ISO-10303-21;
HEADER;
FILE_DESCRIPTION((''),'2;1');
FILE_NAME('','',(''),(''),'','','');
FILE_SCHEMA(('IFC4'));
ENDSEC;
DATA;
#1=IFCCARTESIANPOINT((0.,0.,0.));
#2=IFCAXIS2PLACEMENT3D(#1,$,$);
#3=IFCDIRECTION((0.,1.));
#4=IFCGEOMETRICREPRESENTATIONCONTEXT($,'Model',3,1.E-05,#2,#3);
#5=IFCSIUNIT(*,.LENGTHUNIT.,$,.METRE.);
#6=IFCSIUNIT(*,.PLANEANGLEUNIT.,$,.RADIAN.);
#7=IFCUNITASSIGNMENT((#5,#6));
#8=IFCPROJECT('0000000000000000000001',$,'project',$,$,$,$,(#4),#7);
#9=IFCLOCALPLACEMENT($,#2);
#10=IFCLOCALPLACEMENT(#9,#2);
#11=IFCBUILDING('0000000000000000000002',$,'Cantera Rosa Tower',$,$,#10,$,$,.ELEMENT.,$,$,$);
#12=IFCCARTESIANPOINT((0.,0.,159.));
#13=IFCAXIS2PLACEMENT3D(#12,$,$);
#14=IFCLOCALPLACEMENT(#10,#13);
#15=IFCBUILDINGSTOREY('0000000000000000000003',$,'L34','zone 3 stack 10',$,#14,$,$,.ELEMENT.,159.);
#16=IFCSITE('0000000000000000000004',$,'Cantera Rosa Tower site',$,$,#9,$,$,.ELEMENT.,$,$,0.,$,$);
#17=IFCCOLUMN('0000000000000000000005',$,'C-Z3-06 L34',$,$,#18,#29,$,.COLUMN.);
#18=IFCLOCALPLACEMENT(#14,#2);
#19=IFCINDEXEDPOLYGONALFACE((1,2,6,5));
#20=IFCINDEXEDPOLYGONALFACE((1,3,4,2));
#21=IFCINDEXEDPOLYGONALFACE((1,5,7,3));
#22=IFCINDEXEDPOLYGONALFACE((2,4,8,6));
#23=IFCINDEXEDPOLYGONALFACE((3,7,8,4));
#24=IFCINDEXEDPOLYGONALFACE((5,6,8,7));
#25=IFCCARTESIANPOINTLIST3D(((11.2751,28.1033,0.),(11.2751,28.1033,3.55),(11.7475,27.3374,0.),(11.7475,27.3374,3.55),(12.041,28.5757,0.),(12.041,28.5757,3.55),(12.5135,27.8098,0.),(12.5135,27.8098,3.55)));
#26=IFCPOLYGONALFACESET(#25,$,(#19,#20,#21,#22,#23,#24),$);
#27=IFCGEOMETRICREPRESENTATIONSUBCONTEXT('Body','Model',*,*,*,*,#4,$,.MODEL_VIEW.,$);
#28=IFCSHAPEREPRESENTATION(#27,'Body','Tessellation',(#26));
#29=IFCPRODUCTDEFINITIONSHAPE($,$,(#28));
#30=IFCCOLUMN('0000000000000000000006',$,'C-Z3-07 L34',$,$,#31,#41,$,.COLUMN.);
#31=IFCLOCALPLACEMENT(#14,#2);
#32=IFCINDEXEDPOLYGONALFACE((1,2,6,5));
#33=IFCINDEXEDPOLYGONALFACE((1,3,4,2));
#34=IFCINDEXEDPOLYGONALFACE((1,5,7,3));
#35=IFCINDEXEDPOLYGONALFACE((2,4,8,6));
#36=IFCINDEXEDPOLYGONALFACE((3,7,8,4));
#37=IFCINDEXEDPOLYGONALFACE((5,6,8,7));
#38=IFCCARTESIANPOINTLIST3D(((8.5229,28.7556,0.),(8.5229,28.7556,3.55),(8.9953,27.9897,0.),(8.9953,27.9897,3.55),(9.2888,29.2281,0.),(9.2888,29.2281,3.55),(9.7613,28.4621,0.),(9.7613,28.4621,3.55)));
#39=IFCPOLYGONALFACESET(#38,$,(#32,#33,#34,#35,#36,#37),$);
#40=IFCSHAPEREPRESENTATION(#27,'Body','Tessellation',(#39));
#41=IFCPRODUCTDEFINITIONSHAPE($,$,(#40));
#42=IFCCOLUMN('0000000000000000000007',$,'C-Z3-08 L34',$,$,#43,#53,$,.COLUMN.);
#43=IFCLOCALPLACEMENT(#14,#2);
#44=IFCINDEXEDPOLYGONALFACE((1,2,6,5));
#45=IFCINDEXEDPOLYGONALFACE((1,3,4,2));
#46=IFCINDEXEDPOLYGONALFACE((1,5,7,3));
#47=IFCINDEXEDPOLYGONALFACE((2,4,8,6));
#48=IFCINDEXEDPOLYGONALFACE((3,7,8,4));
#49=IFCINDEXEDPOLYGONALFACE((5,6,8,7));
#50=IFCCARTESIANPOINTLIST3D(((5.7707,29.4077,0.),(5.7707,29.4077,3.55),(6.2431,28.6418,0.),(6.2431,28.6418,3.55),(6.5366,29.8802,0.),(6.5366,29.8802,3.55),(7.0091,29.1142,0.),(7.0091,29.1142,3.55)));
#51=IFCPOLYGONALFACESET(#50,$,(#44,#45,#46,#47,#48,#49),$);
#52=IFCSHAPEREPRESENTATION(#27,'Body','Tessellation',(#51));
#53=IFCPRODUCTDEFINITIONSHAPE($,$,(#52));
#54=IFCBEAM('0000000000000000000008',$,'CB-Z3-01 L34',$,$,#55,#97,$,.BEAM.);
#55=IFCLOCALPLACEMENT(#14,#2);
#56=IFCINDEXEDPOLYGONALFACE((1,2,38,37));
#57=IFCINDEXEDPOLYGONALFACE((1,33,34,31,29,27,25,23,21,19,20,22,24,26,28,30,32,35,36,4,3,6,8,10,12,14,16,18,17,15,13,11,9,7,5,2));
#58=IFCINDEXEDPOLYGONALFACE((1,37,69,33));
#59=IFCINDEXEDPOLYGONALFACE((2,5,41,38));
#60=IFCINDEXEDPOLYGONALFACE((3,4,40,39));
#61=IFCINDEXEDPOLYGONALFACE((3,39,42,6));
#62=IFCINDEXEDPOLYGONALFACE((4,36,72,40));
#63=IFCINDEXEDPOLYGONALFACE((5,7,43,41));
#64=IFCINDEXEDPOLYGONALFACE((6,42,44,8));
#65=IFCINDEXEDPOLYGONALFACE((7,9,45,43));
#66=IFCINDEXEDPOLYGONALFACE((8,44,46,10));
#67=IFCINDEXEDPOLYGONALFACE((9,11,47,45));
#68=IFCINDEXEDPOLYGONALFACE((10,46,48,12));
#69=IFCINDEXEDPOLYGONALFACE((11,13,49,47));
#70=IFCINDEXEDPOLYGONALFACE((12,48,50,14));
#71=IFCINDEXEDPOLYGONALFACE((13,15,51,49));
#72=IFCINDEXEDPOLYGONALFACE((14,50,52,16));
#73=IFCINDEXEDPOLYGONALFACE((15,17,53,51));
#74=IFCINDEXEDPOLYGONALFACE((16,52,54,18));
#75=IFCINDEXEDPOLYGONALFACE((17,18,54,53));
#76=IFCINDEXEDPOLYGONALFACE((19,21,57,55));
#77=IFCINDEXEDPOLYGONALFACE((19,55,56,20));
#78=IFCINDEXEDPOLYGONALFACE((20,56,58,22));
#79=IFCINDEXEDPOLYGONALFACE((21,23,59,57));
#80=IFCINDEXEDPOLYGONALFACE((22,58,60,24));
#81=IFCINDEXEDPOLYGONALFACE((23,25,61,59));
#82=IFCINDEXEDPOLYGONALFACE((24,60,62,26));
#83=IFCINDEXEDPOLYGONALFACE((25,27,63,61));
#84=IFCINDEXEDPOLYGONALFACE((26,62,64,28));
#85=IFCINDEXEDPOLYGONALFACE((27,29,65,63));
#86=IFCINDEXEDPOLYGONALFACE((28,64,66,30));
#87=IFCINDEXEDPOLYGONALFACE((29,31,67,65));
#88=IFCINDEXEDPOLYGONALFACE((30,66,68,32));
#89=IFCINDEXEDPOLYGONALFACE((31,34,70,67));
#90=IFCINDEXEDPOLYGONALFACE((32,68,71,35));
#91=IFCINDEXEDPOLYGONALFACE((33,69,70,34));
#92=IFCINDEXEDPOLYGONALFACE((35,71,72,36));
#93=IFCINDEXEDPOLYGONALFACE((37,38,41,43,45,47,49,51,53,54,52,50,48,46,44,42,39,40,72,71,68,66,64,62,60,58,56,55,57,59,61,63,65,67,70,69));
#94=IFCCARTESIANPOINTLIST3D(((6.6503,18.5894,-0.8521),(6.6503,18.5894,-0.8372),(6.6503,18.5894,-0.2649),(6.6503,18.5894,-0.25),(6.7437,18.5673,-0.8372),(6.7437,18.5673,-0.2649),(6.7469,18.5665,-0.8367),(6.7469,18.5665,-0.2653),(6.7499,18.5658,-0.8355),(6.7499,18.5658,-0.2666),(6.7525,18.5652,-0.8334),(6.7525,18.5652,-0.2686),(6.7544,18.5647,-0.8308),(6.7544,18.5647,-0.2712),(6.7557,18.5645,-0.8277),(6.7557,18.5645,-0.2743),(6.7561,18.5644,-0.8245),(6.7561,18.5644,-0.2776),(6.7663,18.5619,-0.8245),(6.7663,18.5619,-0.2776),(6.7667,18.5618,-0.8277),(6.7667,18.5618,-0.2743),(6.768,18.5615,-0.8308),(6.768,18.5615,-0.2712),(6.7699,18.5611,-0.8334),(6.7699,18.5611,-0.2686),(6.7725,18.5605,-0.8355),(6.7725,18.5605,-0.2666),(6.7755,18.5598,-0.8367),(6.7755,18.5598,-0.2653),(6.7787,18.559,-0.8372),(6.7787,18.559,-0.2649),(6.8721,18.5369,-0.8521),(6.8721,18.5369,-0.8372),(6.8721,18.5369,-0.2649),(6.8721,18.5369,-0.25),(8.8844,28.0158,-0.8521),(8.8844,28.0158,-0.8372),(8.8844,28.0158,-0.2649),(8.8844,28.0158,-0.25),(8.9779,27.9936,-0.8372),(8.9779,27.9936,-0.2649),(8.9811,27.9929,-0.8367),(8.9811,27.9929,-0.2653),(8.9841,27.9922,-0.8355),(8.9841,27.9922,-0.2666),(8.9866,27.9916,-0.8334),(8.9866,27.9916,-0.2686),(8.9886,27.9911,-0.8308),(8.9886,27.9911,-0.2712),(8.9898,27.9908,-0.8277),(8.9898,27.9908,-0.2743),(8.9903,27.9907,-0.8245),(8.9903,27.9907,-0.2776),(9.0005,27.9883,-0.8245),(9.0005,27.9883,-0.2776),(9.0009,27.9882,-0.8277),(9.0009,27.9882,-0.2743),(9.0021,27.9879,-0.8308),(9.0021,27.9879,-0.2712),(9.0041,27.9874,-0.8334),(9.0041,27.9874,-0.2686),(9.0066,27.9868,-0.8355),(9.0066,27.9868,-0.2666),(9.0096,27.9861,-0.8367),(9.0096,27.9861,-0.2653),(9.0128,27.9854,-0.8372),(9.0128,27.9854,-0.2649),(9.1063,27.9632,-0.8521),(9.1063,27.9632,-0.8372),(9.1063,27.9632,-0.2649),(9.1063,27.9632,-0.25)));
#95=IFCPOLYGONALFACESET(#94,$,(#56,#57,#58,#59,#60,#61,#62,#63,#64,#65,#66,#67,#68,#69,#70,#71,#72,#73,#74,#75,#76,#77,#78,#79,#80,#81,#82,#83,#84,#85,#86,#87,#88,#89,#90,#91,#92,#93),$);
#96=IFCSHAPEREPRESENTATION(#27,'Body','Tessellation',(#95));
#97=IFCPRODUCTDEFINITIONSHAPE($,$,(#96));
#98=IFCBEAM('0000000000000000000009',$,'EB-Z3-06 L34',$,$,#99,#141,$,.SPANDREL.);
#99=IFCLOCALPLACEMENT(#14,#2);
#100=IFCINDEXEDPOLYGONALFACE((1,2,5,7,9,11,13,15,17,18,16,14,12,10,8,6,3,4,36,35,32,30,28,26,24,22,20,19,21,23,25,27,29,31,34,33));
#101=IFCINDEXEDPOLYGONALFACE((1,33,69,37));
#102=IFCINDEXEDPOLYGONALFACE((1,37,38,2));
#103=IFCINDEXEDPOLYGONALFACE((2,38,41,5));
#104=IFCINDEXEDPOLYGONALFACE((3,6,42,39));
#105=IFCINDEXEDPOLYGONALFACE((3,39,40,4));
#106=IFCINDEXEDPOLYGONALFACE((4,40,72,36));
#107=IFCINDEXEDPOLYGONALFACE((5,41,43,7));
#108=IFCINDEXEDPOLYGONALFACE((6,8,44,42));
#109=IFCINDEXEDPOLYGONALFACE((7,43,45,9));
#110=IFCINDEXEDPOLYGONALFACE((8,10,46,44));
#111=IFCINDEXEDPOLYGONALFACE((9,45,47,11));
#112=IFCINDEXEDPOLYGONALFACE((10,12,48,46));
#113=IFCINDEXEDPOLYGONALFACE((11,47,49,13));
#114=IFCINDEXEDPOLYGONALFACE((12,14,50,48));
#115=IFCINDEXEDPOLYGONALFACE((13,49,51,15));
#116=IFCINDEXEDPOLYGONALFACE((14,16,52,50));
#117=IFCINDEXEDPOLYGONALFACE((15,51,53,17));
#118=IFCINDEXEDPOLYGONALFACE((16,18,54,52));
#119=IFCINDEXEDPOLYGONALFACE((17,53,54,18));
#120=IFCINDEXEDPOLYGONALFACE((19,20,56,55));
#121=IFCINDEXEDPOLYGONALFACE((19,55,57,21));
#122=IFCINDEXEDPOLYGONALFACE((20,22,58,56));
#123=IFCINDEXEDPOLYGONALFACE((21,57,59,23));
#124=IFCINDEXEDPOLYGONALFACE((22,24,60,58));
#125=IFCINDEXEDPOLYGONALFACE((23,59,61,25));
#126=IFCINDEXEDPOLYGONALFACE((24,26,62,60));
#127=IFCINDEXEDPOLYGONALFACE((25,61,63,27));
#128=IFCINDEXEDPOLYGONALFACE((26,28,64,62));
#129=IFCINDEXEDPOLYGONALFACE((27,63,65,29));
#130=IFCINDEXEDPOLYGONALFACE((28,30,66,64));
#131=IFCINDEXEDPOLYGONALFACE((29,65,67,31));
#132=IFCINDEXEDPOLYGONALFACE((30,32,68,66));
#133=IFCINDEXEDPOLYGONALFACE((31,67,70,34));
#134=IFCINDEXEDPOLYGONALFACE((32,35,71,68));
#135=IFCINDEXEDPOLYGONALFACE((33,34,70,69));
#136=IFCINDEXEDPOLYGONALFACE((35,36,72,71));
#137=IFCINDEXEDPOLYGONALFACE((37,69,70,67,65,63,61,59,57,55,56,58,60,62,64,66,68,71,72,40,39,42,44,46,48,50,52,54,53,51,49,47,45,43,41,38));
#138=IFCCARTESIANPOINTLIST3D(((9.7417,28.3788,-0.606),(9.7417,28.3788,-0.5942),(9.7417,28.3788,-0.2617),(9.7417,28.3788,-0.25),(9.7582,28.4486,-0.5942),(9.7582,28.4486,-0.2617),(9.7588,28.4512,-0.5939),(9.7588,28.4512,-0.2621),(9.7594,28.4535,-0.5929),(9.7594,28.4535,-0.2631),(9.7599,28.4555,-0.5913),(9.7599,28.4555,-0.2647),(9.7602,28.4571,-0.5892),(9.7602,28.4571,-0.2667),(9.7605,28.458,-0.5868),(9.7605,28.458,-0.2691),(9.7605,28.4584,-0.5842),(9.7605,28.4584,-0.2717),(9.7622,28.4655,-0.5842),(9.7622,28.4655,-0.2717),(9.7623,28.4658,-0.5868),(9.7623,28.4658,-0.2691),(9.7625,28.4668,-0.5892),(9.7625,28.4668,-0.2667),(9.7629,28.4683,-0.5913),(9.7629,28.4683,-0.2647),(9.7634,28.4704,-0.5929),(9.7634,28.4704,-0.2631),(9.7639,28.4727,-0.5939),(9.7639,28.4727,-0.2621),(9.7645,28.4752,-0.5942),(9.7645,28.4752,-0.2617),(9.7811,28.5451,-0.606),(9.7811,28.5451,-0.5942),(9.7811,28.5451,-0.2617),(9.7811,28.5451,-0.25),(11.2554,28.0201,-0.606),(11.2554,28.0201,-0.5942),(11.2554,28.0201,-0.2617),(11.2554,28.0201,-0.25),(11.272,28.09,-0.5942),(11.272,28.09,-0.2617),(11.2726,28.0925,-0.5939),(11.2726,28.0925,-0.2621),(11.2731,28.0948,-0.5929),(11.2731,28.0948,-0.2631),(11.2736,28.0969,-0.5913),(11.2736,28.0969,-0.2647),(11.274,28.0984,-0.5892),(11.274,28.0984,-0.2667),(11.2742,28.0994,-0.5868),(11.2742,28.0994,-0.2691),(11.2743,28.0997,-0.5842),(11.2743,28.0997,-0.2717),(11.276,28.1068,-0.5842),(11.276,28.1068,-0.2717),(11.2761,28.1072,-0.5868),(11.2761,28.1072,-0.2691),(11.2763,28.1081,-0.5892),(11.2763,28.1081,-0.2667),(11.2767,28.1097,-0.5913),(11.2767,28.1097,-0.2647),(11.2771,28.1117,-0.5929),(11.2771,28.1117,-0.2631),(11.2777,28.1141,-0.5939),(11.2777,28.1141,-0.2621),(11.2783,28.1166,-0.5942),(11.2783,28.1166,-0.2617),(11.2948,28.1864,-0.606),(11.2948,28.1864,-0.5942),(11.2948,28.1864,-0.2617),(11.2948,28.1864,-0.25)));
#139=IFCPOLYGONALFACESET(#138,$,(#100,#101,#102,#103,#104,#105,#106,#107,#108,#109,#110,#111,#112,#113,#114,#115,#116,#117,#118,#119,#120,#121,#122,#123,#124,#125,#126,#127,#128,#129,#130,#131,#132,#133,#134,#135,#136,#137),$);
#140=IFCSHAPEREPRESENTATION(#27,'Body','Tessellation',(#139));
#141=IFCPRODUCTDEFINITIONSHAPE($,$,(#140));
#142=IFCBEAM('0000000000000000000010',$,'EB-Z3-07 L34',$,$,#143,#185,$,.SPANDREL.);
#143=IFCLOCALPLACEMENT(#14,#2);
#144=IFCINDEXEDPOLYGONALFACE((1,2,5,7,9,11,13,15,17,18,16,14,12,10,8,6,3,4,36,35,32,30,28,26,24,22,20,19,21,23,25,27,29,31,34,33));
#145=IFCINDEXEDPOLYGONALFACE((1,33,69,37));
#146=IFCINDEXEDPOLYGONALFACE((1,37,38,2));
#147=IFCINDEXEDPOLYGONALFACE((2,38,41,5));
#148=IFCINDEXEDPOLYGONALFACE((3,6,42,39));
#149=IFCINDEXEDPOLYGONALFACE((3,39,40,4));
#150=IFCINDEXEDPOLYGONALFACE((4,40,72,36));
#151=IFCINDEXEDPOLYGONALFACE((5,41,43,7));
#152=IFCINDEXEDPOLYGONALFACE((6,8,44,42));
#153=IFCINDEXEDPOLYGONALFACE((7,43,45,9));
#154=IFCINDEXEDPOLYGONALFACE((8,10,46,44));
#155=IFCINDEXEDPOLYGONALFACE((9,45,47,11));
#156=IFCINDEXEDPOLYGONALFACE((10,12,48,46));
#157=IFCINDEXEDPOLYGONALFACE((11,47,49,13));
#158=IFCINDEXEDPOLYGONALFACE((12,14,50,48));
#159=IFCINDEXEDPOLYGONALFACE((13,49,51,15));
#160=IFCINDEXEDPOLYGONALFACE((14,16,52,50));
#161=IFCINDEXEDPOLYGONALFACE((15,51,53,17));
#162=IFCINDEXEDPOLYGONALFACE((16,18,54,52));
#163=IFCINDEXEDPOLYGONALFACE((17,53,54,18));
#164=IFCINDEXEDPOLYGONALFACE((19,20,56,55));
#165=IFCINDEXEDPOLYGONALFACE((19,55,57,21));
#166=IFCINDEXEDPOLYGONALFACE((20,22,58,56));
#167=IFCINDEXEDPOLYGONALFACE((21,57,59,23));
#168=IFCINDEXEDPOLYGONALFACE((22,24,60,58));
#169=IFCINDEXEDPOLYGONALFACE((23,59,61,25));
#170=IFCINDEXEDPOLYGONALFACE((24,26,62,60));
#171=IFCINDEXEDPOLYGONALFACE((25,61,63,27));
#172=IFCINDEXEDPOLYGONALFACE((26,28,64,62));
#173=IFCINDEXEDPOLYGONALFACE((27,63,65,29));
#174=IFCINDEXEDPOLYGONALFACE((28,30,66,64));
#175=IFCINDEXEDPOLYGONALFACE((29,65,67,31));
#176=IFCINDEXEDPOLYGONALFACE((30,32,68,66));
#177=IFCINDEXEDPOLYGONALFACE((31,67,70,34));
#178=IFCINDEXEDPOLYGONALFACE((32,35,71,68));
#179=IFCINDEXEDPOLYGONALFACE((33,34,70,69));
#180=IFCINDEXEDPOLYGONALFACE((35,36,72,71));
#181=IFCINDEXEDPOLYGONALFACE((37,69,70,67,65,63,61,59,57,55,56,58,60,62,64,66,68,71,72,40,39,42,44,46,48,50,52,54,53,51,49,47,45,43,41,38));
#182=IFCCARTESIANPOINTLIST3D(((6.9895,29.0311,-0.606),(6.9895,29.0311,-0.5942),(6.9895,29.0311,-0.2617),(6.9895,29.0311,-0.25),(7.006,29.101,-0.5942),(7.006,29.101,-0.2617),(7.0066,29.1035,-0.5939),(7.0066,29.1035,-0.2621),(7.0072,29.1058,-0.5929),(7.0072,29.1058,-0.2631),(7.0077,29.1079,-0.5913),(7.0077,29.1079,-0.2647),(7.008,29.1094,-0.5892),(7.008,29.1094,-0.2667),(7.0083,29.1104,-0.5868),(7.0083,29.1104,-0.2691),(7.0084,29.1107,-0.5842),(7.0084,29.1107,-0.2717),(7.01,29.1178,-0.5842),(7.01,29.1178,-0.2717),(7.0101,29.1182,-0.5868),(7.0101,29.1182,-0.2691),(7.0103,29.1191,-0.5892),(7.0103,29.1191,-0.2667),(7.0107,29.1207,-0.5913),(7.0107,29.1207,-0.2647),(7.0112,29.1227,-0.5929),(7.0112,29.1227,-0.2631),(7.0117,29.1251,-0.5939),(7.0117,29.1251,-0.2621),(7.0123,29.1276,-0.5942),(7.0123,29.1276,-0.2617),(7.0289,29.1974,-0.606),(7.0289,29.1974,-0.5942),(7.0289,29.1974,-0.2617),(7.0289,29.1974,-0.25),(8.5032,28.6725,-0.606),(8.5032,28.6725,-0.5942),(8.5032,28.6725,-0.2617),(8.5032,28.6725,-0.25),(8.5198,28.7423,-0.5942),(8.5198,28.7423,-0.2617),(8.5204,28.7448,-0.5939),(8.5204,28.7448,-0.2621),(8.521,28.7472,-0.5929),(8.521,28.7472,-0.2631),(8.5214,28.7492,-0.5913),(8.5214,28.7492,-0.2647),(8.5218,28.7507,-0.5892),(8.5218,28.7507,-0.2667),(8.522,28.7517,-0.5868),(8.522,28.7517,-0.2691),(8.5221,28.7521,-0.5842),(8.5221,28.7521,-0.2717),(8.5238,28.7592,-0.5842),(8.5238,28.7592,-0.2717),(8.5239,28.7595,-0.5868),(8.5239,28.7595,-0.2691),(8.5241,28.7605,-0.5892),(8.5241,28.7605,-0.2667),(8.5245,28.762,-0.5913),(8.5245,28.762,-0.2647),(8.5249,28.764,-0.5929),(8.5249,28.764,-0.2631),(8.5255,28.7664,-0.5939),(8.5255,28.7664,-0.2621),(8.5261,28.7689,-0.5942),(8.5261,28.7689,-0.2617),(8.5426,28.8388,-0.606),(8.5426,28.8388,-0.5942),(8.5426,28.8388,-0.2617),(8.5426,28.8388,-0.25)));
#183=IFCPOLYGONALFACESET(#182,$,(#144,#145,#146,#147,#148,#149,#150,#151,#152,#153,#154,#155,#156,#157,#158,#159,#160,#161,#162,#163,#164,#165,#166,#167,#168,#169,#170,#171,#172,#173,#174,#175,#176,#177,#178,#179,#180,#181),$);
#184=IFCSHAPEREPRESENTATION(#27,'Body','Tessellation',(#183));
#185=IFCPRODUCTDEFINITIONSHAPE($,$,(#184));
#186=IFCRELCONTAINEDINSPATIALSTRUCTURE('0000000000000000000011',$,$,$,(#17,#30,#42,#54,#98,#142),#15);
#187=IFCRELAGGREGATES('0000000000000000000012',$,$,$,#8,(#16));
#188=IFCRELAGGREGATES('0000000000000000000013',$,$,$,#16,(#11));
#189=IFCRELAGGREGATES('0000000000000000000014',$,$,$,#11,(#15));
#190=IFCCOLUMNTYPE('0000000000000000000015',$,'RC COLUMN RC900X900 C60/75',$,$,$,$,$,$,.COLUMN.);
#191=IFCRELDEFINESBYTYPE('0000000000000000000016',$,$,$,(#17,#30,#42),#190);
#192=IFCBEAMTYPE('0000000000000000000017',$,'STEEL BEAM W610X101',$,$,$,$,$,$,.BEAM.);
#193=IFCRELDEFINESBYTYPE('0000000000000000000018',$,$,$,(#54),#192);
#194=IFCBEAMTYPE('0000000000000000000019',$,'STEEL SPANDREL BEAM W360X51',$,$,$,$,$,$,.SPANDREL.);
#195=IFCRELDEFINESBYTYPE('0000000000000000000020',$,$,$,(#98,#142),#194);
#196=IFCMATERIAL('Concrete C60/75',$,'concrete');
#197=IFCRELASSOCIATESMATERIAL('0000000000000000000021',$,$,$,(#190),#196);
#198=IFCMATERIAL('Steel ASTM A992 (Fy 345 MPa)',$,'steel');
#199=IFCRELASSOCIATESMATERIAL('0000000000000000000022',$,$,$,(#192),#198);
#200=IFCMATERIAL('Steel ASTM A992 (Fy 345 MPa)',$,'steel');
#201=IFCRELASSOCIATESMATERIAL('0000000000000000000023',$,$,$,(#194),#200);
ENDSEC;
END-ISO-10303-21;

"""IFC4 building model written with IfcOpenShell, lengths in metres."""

from ifc_helpers import new_model, si_unit, direction, frame, origin, origin_2d, place, context, subcontext, project, spatial, rectangle, i_section, extrude, material, material_profile, profile_set, type_object, element, save


model = new_model("IFC4")

# Units and contexts
model_context = context("Model", 3, precision=1e-05, world=origin(), true_north=direction((0.0, 1.0)))
body_context = subcontext(model_context, "Body", "Model", "MODEL_VIEW")
ifc_project = project(units=[si_unit("LENGTHUNIT", "METRE"), si_unit("PLANEANGLEUNIT", "RADIAN")], contexts=[model_context])

# Site, building, storey
site_placement = place(None, origin())
site = spatial("IfcSite", under=ifc_project, at=site_placement, Name="Cantera Rosa Tower site", CompositionType="ELEMENT", RefElevation=0.0)
building_placement = place(site_placement, origin())
building = spatial("IfcBuilding", under=site, at=building_placement, Name="Cantera Rosa Tower", CompositionType="ELEMENT")
storey_placement = place(building_placement, frame((0.0, 0.0, 159.0)))
storey = spatial("IfcBuildingStorey", under=building, at=storey_placement, Name="L34", Description="zone 3 stack 10", CompositionType="ELEMENT", Elevation=159.0)

# Columns
ifc_material_1 = material(Name="Concrete C60/75", Category="concrete")
ifc_material_profile_1 = material_profile(ifc_material_1, rectangle(XDim=0.8999, YDim=0.8999, at=origin_2d()), Name="RC COLUMN RC900X900 C60/75")
ifc_profile_set_1 = profile_set([ifc_material_profile_1], Name="Concrete C60/75")
column_type = type_object("IfcColumnType", Name="RC COLUMN RC900X900 C60/75", PredefinedType="COLUMN", material=ifc_profile_set_1)
for number, where, z_axis, x_axis, name in (
    (1, (11.8943, 27.9565, 0.0), (0.0, 0.0, 1.0), (0.851117, 0.524977, 0.0), "C-Z3-06 L34"),
    (2, (9.1421, 28.6089, 0.0), (0.0, 0.0, 1.0), (0.851117, 0.524977, 0.0), "C-Z3-07 L34"),
    (3, (6.3899, 29.261, 0.0), (0.0, 0.0, 1.0), (0.851117, 0.524977, 0.0), "C-Z3-08 L34"),
):
    element("IfcColumn", number, at=place(storey_placement, frame(where, z_axis=z_axis, x_axis=x_axis)), inside=storey, type_object=column_type, Name=name, PredefinedType="COLUMN", context=body_context, shape_type="SweptSolid", body=[
        extrude(rectangle(XDim=0.8999, YDim=0.8999, at=origin_2d()), origin(), (0.0, 0.0, 1.0), 3.55),
    ])

# Beams
ifc_material_2 = material(Name="Steel ASTM A992 (Fy 345 MPa)", Category="steel")
ifc_material_profile_2 = material_profile(ifc_material_2, i_section(OverallWidth=0.228, OverallDepth=0.6021, WebThickness=0.0105, FlangeThickness=0.0149, FilletRadius=0.0127, at=origin_2d()), Name="W610X101")
ifc_profile_set_2 = profile_set([ifc_material_profile_2], Name="Steel ASTM A992 (Fy 345 MPa)")
beam_type_1 = type_object("IfcBeamType", Name="STEEL BEAM W610X101", PredefinedType="BEAM", material=ifc_profile_set_2)
beam_1_placement = place(storey_placement, frame((8.9954, 27.9895, -0.551), z_axis=(-0.230622, -0.973043, 0.0), x_axis=(0.973043, -0.230622, 0.0)))
element("IfcBeam", 4, at=beam_1_placement, inside=storey, type_object=beam_type_1, Name="CB-Z3-01 L34", PredefinedType="BEAM", context=body_context, shape_type="SweptSolid", body=[
    extrude(i_section(OverallWidth=0.228, OverallDepth=0.6021, WebThickness=0.0105, FlangeThickness=0.0149, FilletRadius=0.0127, at=origin_2d()), origin(), (0.0, 0.0, 1.0), 9.6875),
])
ifc_material_3 = material(Name="Steel ASTM A992 (Fy 345 MPa)", Category="steel")
ifc_material_profile_3 = material_profile(ifc_material_3, i_section(OverallWidth=0.1709, OverallDepth=0.356, WebThickness=0.0073, FlangeThickness=0.0117, FilletRadius=0.01, at=origin_2d()), Name="W360X51")
ifc_profile_set_3 = profile_set([ifc_material_profile_3], Name="Steel ASTM A992 (Fy 345 MPa)")
beam_type_2 = type_object("IfcBeamType", Name="STEEL SPANDREL BEAM W360X51", PredefinedType="SPANDREL", material=ifc_profile_set_3)
for number, where, z_axis, x_axis, name in (
    (5, (11.2751, 28.1033, -0.428), (-0.97306, 0.230552, 0.0), (-0.230552, -0.97306, 0.0), "EB-Z3-06 L34"),
    (6, (8.5229, 28.7556, -0.428), (-0.97306, 0.230552, 0.0), (-0.230552, -0.97306, 0.0), "EB-Z3-07 L34"),
):
    element("IfcBeam", number, at=place(storey_placement, frame(where, z_axis=z_axis, x_axis=x_axis)), inside=storey, type_object=beam_type_2, Name=name, PredefinedType="SPANDREL", context=body_context, shape_type="SweptSolid", body=[
        extrude(i_section(OverallWidth=0.1709, OverallDepth=0.356, WebThickness=0.0073, FlangeThickness=0.0117, FilletRadius=0.01, at=origin_2d()), origin(), (0.0, 0.0, 1.0), 1.5557),
    ])

save(model, "model.ifc")
